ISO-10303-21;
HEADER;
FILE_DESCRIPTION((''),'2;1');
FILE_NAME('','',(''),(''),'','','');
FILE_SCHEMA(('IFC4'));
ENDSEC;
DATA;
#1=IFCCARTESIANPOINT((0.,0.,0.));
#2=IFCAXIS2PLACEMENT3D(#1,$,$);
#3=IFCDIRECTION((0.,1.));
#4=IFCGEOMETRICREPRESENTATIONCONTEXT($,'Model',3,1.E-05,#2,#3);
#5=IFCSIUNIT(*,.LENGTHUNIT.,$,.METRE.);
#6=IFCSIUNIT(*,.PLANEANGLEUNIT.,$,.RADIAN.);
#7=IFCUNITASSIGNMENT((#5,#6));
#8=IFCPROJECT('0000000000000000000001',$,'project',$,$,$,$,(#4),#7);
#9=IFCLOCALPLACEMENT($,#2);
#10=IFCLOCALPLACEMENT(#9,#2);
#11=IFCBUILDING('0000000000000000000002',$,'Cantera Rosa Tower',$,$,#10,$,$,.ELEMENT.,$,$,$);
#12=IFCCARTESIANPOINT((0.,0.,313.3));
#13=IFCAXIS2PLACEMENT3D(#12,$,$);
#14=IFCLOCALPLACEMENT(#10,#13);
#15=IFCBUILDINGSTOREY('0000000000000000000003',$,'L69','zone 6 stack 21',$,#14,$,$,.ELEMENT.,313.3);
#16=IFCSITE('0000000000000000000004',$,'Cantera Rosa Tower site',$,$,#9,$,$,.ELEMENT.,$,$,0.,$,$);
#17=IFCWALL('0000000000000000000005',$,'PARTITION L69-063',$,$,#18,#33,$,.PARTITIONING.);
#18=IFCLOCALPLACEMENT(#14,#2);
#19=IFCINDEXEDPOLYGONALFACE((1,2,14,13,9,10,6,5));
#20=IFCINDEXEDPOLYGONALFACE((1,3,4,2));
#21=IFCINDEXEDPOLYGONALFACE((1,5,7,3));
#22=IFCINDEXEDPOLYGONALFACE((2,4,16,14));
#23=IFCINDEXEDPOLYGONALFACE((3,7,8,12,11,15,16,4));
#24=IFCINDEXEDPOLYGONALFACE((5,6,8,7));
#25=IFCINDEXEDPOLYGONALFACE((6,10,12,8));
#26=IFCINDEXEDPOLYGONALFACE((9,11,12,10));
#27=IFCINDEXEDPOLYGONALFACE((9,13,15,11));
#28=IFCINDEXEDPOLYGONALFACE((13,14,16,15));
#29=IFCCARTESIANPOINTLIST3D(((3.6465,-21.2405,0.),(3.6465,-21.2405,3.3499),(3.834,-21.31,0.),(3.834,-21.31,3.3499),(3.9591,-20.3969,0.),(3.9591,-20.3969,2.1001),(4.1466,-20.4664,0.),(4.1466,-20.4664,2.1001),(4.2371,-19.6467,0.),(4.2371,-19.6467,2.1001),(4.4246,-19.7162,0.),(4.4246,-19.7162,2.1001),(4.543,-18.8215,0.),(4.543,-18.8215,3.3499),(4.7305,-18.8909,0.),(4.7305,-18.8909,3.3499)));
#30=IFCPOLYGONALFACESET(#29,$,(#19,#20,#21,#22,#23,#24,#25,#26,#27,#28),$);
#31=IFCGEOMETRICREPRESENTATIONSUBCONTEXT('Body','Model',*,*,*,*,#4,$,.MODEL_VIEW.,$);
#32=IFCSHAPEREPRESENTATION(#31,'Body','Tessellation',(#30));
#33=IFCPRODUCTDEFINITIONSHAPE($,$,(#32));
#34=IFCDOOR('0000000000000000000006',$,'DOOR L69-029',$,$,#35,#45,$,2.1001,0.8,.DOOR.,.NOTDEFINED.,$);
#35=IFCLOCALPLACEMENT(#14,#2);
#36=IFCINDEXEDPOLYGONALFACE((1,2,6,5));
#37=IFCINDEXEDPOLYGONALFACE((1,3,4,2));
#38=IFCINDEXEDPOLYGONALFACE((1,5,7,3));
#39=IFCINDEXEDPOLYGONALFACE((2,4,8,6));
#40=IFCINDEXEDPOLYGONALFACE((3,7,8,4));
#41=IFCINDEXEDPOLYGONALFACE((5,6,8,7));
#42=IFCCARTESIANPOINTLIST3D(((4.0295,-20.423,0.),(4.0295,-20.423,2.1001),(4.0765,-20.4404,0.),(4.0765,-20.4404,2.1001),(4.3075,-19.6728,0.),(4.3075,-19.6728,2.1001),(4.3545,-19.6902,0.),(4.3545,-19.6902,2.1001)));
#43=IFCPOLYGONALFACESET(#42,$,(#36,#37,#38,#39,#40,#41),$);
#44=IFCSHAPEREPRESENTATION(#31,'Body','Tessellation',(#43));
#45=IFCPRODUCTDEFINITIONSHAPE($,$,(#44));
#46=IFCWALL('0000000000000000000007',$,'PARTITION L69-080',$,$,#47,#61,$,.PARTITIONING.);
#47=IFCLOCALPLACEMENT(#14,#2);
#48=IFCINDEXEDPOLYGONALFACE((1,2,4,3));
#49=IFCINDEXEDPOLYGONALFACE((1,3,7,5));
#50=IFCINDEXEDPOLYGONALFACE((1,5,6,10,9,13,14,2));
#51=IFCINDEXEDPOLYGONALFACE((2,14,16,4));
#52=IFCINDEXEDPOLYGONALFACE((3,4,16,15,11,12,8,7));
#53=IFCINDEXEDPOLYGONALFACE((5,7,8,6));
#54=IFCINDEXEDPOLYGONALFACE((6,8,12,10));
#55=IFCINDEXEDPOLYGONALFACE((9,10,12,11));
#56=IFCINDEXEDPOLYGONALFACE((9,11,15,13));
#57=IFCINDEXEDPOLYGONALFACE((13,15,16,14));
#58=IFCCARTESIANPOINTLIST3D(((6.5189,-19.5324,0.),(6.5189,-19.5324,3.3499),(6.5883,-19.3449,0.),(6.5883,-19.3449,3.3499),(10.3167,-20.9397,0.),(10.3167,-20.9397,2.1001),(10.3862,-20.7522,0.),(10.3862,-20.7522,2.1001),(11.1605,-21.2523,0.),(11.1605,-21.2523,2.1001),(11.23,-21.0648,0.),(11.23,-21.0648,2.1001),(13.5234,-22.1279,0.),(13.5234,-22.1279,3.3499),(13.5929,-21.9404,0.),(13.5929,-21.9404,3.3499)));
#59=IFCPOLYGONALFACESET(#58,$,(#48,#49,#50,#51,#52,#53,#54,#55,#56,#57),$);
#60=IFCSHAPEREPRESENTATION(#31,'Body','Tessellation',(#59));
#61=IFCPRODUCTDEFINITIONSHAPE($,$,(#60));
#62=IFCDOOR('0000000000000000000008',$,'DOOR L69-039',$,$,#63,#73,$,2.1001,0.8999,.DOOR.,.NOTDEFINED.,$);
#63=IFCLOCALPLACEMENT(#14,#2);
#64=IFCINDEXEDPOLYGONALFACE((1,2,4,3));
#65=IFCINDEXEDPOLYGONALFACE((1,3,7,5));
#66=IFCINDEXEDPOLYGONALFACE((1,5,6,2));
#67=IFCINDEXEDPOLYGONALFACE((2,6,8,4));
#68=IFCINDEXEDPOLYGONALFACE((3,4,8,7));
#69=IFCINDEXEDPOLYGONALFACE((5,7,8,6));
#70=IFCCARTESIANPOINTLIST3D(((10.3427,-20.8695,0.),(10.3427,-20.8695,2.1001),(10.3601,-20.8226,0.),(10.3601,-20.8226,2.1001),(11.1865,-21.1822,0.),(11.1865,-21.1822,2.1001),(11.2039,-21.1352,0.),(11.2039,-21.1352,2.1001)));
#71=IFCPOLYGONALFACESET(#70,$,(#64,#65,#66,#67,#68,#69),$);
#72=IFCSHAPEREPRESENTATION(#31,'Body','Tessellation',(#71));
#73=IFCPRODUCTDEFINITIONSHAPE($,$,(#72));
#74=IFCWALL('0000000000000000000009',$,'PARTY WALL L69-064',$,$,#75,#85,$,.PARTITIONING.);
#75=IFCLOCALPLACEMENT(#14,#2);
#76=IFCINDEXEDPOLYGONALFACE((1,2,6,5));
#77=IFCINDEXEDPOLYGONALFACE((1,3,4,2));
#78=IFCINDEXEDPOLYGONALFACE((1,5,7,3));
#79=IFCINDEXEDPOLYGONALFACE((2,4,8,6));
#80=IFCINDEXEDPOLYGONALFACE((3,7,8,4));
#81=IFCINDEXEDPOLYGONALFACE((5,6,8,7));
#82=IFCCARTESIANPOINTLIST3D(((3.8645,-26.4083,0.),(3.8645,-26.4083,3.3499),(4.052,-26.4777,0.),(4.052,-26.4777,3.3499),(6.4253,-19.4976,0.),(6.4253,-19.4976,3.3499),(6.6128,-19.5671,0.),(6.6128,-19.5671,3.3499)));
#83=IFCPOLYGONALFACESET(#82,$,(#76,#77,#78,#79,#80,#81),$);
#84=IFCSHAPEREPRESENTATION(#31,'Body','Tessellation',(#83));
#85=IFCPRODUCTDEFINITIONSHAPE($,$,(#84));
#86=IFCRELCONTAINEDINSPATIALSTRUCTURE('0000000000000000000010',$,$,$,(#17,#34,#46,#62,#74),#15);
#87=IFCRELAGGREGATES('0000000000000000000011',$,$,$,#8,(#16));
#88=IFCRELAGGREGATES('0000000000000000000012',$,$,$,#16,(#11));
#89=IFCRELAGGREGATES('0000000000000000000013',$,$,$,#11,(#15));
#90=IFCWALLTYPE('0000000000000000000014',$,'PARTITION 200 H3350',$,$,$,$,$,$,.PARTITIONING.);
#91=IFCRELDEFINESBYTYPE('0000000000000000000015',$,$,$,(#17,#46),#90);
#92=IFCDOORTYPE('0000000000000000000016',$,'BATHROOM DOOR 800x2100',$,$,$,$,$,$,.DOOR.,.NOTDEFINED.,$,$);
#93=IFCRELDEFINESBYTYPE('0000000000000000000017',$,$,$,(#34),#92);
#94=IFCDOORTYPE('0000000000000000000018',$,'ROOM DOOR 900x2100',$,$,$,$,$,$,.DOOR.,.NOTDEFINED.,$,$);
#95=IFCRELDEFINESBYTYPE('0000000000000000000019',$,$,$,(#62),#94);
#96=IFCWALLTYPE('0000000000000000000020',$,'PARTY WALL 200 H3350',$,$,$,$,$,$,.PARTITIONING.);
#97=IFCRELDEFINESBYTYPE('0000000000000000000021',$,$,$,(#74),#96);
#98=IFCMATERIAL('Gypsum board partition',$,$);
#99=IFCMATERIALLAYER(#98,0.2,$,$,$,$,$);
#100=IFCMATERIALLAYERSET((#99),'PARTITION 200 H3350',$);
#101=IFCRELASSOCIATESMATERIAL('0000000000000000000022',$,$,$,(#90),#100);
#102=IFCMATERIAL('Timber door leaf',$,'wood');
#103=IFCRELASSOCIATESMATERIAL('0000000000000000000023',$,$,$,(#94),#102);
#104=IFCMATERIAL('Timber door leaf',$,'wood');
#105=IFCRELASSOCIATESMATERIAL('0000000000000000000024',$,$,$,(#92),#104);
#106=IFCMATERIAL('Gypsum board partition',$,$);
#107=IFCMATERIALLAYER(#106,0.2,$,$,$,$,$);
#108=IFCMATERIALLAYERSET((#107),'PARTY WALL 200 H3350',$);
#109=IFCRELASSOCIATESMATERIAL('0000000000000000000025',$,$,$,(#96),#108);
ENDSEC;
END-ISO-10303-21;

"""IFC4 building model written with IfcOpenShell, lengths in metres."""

from ifc_helpers import new_model, si_unit, direction, frame, frame_2d, origin, place, context, subcontext, project, spatial, rectangle, extrude, material, layer, layer_set, type_object, element, fill, save


model = new_model("IFC4")

# Units and contexts
model_context = context("Model", 3, precision=1e-05, world=origin(), true_north=direction((0.0, 1.0)))
body_context = subcontext(model_context, "Body", "Model", "MODEL_VIEW")
ifc_project = project(units=[si_unit("LENGTHUNIT", "METRE"), si_unit("PLANEANGLEUNIT", "RADIAN")], contexts=[model_context])

# Site, building, storey
site_placement = place(None, origin())
site = spatial("IfcSite", under=ifc_project, at=site_placement, Name="Cantera Rosa Tower site", CompositionType="ELEMENT", RefElevation=0.0)
building_placement = place(site_placement, origin())
building = spatial("IfcBuilding", under=site, at=building_placement, Name="Cantera Rosa Tower", CompositionType="ELEMENT")
storey_placement = place(building_placement, frame((0.0, 0.0, 313.3)))
storey = spatial("IfcBuildingStorey", under=building, at=storey_placement, Name="L69", Description="zone 6 stack 21", CompositionType="ELEMENT", Elevation=313.3)

# Shared definitions
ifc_material_1 = material(Name="Gypsum board partition")
ifc_layer_1 = layer(ifc_material_1, 0.2)
ifc_layer_set_1 = layer_set([ifc_layer_1], Name="PARTITION 200 H3350")
wall_type_1 = type_object("IfcWallType", Name="PARTITION 200 H3350", PredefinedType="PARTITIONING", material=ifc_layer_set_1)
ifc_material_2 = material(Name="Timber door leaf", Category="wood")
door_type_1 = type_object("IfcDoorType", Name="ROOM DOOR 900x2100", OperationType="NOTDEFINED", PredefinedType="DOOR", material=ifc_material_2)

# Walls, openings, doors
wall_1_placement = place(storey_placement, frame((3.7402, -21.2754, 0.0), z_axis=(0.0, 0.0, 1.0), x_axis=(0.347481, 0.937687, 0.0)))
wall_1 = element("IfcWall", 1, at=wall_1_placement, inside=storey, type_object=wall_type_1, Name="PARTITION L69-063", PredefinedType="PARTITIONING", context=body_context, shape_type="SweptSolid", body=[
    extrude(rectangle(XDim=2.5798, YDim=0.2, at=frame_2d((1.29, 0.0))), origin(), (0.0, 0.0, 1.0), 3.3499),
])
opening_1_placement = place(wall_1_placement, frame((0.8999, 0.0, 0.0)))
opening_1 = element("IfcOpeningElement", 2, at=opening_1_placement, cuts=wall_1, PredefinedType="OPENING", context=body_context, shape_type="SweptSolid", body=[
    extrude(rectangle(XDim=0.8, YDim=2.1001, at=frame_2d((0.3999, 1.05))), frame((0.0, 0.1099, 0.0), z_axis=(0.0, -1.0, 0.0), x_axis=(1.0, 0.0, 0.0)), (0.0, 0.0, 1.0), 0.22),
])
ifc_material_3 = material(Name="Timber door leaf", Category="wood")
door_type_2 = type_object("IfcDoorType", Name="BATHROOM DOOR 800x2100", OperationType="NOTDEFINED", PredefinedType="DOOR", material=ifc_material_3)
door_1_placement = place(opening_1_placement, origin())
door_1 = element("IfcDoor", 3, at=door_1_placement, inside=storey, type_object=door_type_2, Name="DOOR L69-029", OperationType="NOTDEFINED", OverallHeight=2.1001, OverallWidth=0.8, PredefinedType="DOOR", context=body_context, shape_type="SweptSolid", body=[
    extrude(rectangle(XDim=0.8, YDim=2.1001, at=frame_2d((0.3999, 1.05))), frame((0.0, 0.0249, 0.0), z_axis=(0.0, -1.0, 0.0), x_axis=(1.0, 0.0, 0.0)), (0.0, 0.0, 1.0), 0.05),
])
fill(opening_1, door_1)
wall_2_placement = place(storey_placement, frame((6.5537, -19.4387, 0.0), z_axis=(0.0, 0.0, 1.0), x_axis=(0.937699, -0.34745, 0.0)))
wall_2 = element("IfcWall", 4, at=wall_2_placement, inside=storey, type_object=wall_type_1, Name="PARTITION L69-080", PredefinedType="PARTITIONING", context=body_context, shape_type="SweptSolid", body=[
    extrude(rectangle(XDim=7.47, YDim=0.2, at=frame_2d((3.7349, 0.0))), origin(), (0.0, 0.0, 1.0), 3.3499),
])
opening_2_placement = place(wall_2_placement, frame((4.05, 0.0, 0.0)))
opening_2 = element("IfcOpeningElement", 5, at=opening_2_placement, cuts=wall_2, PredefinedType="OPENING", context=body_context, shape_type="SweptSolid", body=[
    extrude(rectangle(XDim=0.8999, YDim=2.1001, at=frame_2d((0.45, 1.05))), frame((0.0, 0.1099, 0.0), z_axis=(0.0, -1.0, 0.0), x_axis=(1.0, 0.0, 0.0)), (0.0, 0.0, 1.0), 0.22),
])
door_2_placement = place(opening_2_placement, origin())
door_2 = element("IfcDoor", 6, at=door_2_placement, inside=storey, type_object=door_type_1, Name="DOOR L69-039", OperationType="NOTDEFINED", OverallHeight=2.1001, OverallWidth=0.8999, PredefinedType="DOOR", context=body_context, shape_type="SweptSolid", body=[
    extrude(rectangle(XDim=0.8999, YDim=2.1001, at=frame_2d((0.45, 1.05))), frame((0.0, 0.0249, 0.0), z_axis=(0.0, -1.0, 0.0), x_axis=(1.0, 0.0, 0.0)), (0.0, 0.0, 1.0), 0.05),
])
fill(opening_2, door_2)

# Wall
ifc_material_4 = material(Name="Gypsum board partition")
ifc_layer_2 = layer(ifc_material_4, 0.2)
ifc_layer_set_2 = layer_set([ifc_layer_2], Name="PARTY WALL 200 H3350")
wall_type_2 = type_object("IfcWallType", Name="PARTY WALL 200 H3350", PredefinedType="PARTITIONING", material=ifc_layer_set_2)
wall_3_placement = place(storey_placement, frame((3.9583, -26.4431, 0.0), z_axis=(0.0, 0.0, 1.0), x_axis=(0.347469, 0.937692, 0.0)))
element("IfcWall", 7, at=wall_3_placement, inside=storey, type_object=wall_type_2, Name="PARTY WALL L69-064", PredefinedType="PARTITIONING", context=body_context, shape_type="SweptSolid", body=[
    extrude(rectangle(XDim=7.3699, YDim=0.2, at=frame_2d((3.6851, 0.0))), origin(), (0.0, 0.0, 1.0), 3.3499),
])

save(model, "model.ifc")
